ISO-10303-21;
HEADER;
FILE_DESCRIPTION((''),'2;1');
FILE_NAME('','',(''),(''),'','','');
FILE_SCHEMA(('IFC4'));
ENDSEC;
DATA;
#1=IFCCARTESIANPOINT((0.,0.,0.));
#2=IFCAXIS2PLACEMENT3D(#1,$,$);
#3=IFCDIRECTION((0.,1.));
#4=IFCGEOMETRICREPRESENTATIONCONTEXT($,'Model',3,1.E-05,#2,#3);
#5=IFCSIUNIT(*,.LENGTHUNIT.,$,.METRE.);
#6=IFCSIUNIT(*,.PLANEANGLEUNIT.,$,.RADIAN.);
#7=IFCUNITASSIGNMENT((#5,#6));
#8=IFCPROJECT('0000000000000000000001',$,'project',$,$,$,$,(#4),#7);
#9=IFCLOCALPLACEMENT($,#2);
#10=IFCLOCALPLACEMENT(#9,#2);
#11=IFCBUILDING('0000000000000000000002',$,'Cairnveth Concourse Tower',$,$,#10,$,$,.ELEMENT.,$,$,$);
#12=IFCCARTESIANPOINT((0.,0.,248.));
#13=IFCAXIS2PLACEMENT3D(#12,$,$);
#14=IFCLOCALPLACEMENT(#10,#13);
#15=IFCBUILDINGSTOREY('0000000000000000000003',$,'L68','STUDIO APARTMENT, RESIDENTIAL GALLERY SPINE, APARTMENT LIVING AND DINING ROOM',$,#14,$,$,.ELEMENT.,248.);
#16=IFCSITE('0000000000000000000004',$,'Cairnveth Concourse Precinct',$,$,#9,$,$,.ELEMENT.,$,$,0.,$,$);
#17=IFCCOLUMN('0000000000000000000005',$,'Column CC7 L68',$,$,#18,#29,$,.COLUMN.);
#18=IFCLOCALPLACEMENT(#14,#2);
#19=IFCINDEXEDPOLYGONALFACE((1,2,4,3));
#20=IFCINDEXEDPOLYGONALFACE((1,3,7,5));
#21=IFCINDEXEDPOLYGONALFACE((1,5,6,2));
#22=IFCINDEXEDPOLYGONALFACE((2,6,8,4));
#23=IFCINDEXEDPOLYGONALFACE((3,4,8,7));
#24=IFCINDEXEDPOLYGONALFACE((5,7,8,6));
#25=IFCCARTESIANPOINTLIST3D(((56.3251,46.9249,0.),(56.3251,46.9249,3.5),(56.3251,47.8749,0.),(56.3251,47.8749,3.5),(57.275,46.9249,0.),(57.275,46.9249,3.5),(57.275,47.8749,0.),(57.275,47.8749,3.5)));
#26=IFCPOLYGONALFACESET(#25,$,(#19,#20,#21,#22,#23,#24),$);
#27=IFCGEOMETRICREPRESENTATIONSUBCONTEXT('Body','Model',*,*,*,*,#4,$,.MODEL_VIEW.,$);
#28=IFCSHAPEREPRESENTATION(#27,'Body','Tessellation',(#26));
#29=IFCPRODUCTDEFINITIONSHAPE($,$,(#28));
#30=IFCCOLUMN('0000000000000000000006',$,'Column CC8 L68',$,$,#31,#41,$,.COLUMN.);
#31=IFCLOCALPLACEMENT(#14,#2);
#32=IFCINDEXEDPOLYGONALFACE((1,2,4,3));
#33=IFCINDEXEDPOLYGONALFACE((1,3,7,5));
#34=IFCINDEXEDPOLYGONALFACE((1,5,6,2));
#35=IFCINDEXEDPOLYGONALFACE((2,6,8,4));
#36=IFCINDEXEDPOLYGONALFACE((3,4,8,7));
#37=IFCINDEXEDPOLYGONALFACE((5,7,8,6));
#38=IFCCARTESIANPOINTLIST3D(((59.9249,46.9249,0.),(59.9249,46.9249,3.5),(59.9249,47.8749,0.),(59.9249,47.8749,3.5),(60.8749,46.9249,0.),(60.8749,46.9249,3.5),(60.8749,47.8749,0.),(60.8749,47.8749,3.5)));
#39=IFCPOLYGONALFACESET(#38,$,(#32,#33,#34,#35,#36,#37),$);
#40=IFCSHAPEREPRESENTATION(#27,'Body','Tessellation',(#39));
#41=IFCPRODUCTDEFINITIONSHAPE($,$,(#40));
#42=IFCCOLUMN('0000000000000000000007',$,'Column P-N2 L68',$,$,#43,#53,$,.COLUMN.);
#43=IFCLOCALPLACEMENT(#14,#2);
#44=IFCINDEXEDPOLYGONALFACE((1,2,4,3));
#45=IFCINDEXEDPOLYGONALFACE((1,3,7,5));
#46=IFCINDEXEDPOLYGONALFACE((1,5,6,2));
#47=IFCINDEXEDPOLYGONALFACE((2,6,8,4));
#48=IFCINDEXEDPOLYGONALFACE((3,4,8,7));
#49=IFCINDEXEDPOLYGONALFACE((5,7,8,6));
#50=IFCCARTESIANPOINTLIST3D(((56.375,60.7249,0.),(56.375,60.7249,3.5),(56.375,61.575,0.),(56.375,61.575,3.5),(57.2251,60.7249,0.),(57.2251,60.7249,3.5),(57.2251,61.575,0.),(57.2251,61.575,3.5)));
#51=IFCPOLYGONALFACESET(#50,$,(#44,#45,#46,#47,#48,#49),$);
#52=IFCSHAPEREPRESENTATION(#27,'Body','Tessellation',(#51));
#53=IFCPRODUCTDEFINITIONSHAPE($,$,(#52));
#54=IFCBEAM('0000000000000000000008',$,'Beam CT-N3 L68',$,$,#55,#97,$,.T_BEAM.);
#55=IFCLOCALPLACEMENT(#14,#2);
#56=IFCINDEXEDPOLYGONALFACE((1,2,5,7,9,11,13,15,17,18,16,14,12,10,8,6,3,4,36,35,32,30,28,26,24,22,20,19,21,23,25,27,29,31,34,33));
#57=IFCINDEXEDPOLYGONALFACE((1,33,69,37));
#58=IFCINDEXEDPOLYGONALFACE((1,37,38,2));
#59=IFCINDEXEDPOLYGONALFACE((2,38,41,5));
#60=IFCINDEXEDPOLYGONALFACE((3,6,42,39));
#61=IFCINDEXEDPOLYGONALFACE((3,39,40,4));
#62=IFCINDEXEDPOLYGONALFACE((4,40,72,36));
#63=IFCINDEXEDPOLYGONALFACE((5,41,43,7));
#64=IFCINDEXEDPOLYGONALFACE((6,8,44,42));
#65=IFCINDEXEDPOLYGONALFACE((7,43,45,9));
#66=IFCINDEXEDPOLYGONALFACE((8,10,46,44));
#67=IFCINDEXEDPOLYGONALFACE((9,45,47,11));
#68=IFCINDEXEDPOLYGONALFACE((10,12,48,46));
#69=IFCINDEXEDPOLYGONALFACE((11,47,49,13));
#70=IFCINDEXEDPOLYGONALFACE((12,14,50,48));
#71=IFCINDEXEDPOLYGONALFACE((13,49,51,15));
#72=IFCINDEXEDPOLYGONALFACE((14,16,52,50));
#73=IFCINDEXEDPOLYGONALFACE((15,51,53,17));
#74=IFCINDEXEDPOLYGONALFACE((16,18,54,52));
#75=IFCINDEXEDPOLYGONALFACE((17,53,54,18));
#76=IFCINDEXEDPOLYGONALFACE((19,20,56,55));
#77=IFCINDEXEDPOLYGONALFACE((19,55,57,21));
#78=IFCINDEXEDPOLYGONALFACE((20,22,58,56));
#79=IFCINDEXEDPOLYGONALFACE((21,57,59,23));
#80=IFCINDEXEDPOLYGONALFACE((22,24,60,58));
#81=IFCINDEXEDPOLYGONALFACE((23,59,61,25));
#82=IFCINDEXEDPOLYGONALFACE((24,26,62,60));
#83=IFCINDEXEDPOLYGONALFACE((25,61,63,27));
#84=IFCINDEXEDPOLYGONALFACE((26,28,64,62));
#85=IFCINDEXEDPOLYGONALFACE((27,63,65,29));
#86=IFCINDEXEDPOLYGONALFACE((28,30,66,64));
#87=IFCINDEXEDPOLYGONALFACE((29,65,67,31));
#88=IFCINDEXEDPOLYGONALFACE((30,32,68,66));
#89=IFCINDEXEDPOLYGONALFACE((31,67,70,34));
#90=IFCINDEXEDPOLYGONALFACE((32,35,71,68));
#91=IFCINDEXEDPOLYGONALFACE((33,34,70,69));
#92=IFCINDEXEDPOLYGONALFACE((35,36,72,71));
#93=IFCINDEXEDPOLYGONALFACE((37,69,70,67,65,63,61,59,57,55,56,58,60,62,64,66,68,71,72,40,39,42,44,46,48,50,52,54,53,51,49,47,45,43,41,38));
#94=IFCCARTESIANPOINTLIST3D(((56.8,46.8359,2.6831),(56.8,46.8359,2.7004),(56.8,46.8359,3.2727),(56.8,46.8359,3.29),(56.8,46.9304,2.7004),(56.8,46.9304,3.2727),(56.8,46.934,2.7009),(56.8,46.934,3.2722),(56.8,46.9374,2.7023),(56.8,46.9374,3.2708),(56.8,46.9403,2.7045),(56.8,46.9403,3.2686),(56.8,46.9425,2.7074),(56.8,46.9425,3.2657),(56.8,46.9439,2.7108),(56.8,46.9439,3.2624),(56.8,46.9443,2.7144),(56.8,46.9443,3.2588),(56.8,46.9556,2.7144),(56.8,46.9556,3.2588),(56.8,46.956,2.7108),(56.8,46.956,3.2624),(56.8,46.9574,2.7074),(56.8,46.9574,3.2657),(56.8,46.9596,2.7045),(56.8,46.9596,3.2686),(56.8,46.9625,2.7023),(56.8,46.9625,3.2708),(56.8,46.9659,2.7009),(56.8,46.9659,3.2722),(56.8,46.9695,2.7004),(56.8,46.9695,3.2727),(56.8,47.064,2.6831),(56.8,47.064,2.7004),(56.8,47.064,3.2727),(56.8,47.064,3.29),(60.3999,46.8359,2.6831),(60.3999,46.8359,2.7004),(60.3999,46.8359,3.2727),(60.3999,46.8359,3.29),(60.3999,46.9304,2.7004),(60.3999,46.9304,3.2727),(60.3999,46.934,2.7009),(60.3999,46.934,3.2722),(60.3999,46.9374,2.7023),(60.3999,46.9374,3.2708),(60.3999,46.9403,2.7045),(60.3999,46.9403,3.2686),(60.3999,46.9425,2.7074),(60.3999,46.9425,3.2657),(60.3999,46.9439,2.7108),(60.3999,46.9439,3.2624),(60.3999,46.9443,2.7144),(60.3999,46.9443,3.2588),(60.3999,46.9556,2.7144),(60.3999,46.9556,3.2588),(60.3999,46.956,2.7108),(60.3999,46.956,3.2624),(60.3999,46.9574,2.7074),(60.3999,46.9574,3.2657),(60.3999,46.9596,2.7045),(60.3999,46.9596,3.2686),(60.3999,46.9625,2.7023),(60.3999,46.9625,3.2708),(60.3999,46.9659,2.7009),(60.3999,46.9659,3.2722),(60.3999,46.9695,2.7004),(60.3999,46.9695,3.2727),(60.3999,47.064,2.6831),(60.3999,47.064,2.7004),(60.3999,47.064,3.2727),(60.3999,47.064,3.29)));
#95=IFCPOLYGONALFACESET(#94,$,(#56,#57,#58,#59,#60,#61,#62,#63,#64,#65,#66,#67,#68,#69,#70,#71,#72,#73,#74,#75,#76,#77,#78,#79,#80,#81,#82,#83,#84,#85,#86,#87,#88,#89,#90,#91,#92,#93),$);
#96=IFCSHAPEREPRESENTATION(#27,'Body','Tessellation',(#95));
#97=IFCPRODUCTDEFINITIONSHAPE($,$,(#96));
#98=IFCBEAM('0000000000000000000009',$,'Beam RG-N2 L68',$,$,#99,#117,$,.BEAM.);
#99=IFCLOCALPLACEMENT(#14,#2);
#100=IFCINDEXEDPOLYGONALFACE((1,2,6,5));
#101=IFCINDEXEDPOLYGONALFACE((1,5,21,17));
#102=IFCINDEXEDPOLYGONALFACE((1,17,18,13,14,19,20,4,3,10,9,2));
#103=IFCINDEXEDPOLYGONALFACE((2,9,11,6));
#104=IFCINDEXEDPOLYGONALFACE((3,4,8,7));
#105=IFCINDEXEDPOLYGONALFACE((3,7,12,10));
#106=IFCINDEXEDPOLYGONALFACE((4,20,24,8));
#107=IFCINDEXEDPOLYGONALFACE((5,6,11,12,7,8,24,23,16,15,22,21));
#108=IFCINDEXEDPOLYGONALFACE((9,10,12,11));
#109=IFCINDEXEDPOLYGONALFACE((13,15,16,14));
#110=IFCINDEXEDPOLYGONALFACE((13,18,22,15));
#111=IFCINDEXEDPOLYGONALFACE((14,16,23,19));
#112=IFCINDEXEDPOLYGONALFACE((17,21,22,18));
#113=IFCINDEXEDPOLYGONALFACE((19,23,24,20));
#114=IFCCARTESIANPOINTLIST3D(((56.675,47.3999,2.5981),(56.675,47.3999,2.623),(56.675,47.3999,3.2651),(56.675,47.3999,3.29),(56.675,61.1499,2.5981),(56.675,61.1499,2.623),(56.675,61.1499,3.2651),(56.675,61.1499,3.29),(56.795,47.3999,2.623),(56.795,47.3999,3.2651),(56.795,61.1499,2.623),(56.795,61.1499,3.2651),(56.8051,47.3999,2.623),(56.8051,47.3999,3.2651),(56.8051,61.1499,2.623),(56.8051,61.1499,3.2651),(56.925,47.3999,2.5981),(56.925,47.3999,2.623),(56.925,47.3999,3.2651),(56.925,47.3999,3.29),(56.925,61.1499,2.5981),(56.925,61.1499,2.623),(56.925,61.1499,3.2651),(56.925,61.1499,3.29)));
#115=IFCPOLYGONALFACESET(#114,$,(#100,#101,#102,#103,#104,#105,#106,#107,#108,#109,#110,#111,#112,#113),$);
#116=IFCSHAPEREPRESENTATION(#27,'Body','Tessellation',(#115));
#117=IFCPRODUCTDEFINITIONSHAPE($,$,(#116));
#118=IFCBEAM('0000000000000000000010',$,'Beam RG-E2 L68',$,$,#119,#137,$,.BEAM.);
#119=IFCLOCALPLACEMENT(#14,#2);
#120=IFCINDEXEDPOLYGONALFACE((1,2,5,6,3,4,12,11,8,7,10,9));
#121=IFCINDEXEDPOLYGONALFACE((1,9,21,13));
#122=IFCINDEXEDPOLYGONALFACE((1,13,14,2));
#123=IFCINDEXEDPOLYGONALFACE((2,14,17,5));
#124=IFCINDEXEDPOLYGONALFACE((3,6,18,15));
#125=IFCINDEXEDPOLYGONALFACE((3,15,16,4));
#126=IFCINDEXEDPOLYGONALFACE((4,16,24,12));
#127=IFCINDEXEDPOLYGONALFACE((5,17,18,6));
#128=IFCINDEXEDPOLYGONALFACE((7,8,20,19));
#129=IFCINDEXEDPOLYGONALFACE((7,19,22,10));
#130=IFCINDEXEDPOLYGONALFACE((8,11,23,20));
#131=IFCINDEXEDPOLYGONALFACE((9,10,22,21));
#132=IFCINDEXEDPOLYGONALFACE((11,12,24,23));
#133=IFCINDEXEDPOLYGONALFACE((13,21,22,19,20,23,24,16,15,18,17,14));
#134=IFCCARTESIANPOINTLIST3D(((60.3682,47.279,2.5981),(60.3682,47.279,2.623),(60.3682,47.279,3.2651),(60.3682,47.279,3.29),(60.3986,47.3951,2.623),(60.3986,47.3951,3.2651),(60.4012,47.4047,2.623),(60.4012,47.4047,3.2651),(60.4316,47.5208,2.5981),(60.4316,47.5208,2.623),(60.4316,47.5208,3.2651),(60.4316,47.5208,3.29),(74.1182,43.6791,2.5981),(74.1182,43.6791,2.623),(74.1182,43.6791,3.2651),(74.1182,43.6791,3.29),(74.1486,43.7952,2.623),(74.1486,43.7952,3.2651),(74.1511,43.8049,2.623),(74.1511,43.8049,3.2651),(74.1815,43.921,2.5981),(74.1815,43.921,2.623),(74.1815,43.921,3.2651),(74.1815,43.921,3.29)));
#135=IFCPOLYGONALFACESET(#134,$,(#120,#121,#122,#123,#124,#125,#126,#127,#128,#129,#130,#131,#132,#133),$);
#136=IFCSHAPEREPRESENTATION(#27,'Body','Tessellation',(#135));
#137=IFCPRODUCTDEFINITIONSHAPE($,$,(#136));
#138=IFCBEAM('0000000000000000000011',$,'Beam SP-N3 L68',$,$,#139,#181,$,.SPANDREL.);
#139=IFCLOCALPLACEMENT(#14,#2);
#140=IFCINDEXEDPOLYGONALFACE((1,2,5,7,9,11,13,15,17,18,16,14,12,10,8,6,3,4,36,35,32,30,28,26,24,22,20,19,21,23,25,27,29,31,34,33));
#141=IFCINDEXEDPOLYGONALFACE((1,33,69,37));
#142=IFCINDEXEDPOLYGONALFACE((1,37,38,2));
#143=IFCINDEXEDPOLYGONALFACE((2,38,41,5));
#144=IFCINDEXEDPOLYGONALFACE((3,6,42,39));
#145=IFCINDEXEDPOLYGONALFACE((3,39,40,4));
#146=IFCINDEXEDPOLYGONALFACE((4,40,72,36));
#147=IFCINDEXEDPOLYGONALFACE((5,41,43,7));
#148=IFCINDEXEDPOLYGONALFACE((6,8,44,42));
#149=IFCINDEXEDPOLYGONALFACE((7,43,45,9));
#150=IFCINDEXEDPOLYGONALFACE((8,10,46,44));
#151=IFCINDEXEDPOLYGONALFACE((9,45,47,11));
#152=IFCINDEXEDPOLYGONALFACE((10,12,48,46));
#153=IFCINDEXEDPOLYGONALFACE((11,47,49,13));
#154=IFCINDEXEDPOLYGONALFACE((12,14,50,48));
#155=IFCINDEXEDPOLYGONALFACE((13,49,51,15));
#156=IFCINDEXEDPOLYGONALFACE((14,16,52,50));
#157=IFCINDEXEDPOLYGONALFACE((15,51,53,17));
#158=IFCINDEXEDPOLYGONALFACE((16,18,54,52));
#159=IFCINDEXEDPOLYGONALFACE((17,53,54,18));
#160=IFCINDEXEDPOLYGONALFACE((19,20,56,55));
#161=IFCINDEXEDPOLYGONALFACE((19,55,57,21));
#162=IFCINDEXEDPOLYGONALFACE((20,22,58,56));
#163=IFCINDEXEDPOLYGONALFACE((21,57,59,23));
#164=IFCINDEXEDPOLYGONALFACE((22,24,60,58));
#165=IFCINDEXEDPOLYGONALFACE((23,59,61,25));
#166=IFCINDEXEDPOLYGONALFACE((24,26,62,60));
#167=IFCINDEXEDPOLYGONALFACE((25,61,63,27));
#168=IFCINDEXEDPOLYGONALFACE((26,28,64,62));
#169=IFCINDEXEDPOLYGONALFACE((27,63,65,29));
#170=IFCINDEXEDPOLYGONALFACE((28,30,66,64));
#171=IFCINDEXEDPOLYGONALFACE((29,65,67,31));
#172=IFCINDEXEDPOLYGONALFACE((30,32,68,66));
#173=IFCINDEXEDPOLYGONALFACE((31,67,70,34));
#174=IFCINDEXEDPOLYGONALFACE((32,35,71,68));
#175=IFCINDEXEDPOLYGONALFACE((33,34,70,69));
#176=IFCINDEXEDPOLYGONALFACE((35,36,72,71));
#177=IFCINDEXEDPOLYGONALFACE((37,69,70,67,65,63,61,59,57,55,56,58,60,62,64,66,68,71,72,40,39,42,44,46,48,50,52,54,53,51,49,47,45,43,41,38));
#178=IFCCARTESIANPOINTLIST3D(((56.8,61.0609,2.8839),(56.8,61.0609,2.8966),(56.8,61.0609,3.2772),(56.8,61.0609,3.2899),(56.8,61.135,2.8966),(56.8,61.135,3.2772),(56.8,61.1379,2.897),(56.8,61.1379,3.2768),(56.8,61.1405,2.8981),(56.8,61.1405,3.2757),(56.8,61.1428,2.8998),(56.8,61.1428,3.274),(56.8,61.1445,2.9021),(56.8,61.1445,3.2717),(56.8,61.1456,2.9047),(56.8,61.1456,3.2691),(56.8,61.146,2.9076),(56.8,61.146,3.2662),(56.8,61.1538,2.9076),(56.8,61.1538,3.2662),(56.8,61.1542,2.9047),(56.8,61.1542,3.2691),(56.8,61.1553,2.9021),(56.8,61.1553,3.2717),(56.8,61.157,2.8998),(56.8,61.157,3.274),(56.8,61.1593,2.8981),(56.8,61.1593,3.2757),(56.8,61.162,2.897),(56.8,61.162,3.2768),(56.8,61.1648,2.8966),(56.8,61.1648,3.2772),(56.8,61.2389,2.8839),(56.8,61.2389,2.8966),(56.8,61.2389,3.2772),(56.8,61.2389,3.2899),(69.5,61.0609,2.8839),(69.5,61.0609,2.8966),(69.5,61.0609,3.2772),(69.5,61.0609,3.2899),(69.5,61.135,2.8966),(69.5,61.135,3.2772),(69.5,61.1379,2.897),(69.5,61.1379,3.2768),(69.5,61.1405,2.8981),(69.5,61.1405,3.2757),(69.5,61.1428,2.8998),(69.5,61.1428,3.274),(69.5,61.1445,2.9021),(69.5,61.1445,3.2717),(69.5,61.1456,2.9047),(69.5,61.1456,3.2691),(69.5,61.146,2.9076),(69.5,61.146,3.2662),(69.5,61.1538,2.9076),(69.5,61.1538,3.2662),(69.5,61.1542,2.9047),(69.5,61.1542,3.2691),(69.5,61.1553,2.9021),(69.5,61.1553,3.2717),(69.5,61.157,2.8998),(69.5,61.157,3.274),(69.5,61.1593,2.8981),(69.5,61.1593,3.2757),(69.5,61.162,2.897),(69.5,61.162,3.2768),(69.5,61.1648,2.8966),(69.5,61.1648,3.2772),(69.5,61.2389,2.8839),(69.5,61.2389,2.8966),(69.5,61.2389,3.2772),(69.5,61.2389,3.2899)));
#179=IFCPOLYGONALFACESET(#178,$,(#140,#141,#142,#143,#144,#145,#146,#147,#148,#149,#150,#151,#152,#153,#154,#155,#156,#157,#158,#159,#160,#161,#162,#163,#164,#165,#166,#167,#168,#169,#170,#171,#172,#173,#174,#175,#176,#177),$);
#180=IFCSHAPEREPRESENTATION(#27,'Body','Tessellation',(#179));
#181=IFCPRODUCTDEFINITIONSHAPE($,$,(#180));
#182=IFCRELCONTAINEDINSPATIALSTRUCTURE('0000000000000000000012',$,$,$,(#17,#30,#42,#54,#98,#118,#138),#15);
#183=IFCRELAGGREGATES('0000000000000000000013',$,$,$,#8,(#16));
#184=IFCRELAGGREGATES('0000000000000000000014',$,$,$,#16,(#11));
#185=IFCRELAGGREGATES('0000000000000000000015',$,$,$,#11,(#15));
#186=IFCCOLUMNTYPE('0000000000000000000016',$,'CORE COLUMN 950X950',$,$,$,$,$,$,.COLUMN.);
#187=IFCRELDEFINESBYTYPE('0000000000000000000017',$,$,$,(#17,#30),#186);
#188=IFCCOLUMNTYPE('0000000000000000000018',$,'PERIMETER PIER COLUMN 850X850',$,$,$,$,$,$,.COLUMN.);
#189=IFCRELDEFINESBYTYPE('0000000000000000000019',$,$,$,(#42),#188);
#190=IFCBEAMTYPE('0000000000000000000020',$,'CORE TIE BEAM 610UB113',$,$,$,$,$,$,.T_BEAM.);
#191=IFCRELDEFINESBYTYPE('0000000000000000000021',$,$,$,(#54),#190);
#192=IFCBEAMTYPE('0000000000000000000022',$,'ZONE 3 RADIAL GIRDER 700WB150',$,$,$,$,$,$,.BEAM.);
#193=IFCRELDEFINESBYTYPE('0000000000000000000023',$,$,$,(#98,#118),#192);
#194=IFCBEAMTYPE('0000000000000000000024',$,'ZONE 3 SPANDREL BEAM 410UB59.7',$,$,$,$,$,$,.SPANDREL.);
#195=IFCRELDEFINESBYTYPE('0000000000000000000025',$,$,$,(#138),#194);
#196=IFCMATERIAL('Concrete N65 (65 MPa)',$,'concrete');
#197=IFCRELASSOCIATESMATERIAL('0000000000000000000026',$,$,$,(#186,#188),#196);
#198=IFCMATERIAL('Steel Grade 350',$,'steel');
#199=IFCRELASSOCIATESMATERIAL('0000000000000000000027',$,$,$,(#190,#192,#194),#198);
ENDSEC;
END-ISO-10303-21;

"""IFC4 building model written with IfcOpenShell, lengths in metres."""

from ifc_helpers import new_model, si_unit, direction, frame, origin, origin_2d, place, context, subcontext, project, spatial, rectangle, i_section, extrude, material, material_profile, profile_set, type_object, element, save


model = new_model("IFC4")

# Units and contexts
model_context = context("Model", 3, precision=1e-05, world=origin(), true_north=direction((0.0, 1.0)))
body_context = subcontext(model_context, "Body", "Model", "MODEL_VIEW")
ifc_project = project(units=[si_unit("LENGTHUNIT", "METRE"), si_unit("PLANEANGLEUNIT", "RADIAN")], contexts=[model_context])

# Site, building, storey
site_placement = place(None, origin())
site = spatial("IfcSite", under=ifc_project, at=site_placement, Name="Cairnveth Concourse Precinct", CompositionType="ELEMENT", RefElevation=0.0)
building_placement = place(site_placement, origin())
building = spatial("IfcBuilding", under=site, at=building_placement, Name="Cairnveth Concourse Tower", CompositionType="ELEMENT")
storey_placement = place(building_placement, frame((0.0, 0.0, 248.0)))
storey = spatial("IfcBuildingStorey", under=building, at=storey_placement, Name="L68", Description="STUDIO APARTMENT, RESIDENTIAL GALLERY SPINE, APARTMENT LIVING AND DINING ROOM", CompositionType="ELEMENT", Elevation=248.0)

# Columns
ifc_material_1 = material(Name="Concrete N65 (65 MPa)", Category="concrete")
ifc_material_profile_1 = material_profile(ifc_material_1, rectangle(XDim=0.95, YDim=0.95, at=origin_2d()), Name="RC-COL-950x950")
ifc_profile_set_1 = profile_set([ifc_material_profile_1], Name="Concrete N65 (65 MPa)")
column_type_1 = type_object("IfcColumnType", Name="CORE COLUMN 950X950", PredefinedType="COLUMN", material=ifc_profile_set_1)
for number, where, z_axis, x_axis, name in (
    (1, (56.8, 47.3999, 0.0), (0.0, 0.0, 1.0), (1.0, 0.0, 0.0), "Column CC7 L68"),
    (2, (60.3999, 47.3999, 0.0), (0.0, 0.0, 1.0), (1.0, 0.0, 0.0), "Column CC8 L68"),
):
    element("IfcColumn", number, at=place(storey_placement, frame(where, z_axis=z_axis, x_axis=x_axis)), inside=storey, type_object=column_type_1, Name=name, PredefinedType="COLUMN", context=body_context, shape_type="SweptSolid", body=[
        extrude(rectangle(XDim=0.95, YDim=0.95, at=origin_2d()), origin(), (0.0, 0.0, 1.0), 3.5),
    ])
ifc_material_profile_2 = material_profile(ifc_material_1, rectangle(XDim=0.8501, YDim=0.8501, at=origin_2d()), Name="RC-COL-850x850")
ifc_profile_set_2 = profile_set([ifc_material_profile_2], Name="Concrete N65 (65 MPa)")
column_type_2 = type_object("IfcColumnType", Name="PERIMETER PIER COLUMN 850X850", PredefinedType="COLUMN", material=ifc_profile_set_2)
column_placement = place(storey_placement, frame((56.8, 61.1499, 0.0), z_axis=(0.0, 0.0, 1.0), x_axis=(1.0, 0.0, 0.0)))
element("IfcColumn", 3, at=column_placement, inside=storey, type_object=column_type_2, Name="Column P-N2 L68", PredefinedType="COLUMN", context=body_context, shape_type="SweptSolid", body=[
    extrude(rectangle(XDim=0.8501, YDim=0.8501, at=origin_2d()), origin(), (0.0, 0.0, 1.0), 3.5),
])

# Beams
ifc_material_2 = material(Name="Steel Grade 350", Category="steel")
ifc_material_profile_3 = material_profile(ifc_material_2, i_section(OverallWidth=0.228, OverallDepth=0.6069, WebThickness=0.0112, FlangeThickness=0.0173, FilletRadius=0.0139, at=origin_2d()), Name="610UB113")
ifc_profile_set_3 = profile_set([ifc_material_profile_3], Name="Steel Grade 350")
beam_type_1 = type_object("IfcBeamType", Name="CORE TIE BEAM 610UB113", PredefinedType="T_BEAM", material=ifc_profile_set_3)
beam_1_placement = place(storey_placement, frame((56.8, 46.95, 2.9866), z_axis=(1.0, 0.0, 0.0), x_axis=(0.0, 1.0, 0.0)))
element("IfcBeam", 4, at=beam_1_placement, inside=storey, type_object=beam_type_1, Name="Beam CT-N3 L68", PredefinedType="T_BEAM", context=body_context, shape_type="SweptSolid", body=[
    extrude(i_section(OverallWidth=0.228, OverallDepth=0.6069, WebThickness=0.0112, FlangeThickness=0.0173, FilletRadius=0.0139, at=origin_2d()), origin(), (0.0, 0.0, 1.0), 3.5999),
])
ifc_material_profile_4 = material_profile(ifc_material_2, i_section(OverallWidth=0.25, OverallDepth=0.6919, WebThickness=0.01, FlangeThickness=0.0249, at=origin_2d()), Name="700WB150")
ifc_profile_set_4 = profile_set([ifc_material_profile_4], Name="Steel Grade 350")
beam_type_2 = type_object("IfcBeamType", Name="ZONE 3 RADIAL GIRDER 700WB150", PredefinedType="BEAM", material=ifc_profile_set_4)
beam_2_placement = place(storey_placement, frame((56.8, 47.3999, 2.9441), z_axis=(0.0, 1.0, 0.0), x_axis=(-1.0, 0.0, 0.0)))
element("IfcBeam", 5, at=beam_2_placement, inside=storey, type_object=beam_type_2, Name="Beam RG-N2 L68", PredefinedType="BEAM", context=body_context, shape_type="SweptSolid", body=[
    extrude(i_section(OverallWidth=0.25, OverallDepth=0.6919, WebThickness=0.01, FlangeThickness=0.0249, at=origin_2d()), origin(), (0.0, 0.0, 1.0), 13.75),
])
beam_3_placement = place(storey_placement, frame((60.3999, 47.3999, 2.9441), z_axis=(0.967395, -0.253271, 0.0), x_axis=(0.253271, 0.967395, 0.0)))
element("IfcBeam", 6, at=beam_3_placement, inside=storey, type_object=beam_type_2, Name="Beam RG-E2 L68", PredefinedType="BEAM", context=body_context, shape_type="SweptSolid", body=[
    extrude(i_section(OverallWidth=0.25, OverallDepth=0.6919, WebThickness=0.01, FlangeThickness=0.0249, at=origin_2d()), origin(), (0.0, 0.0, 1.0), 14.2134),
])
ifc_material_profile_5 = material_profile(ifc_material_2, i_section(OverallWidth=0.178, OverallDepth=0.406, WebThickness=0.0078, FlangeThickness=0.0127, FilletRadius=0.011, at=origin_2d()), Name="410UB59.7")
ifc_profile_set_5 = profile_set([ifc_material_profile_5], Name="Steel Grade 350")
beam_type_3 = type_object("IfcBeamType", Name="ZONE 3 SPANDREL BEAM 410UB59.7", PredefinedType="SPANDREL", material=ifc_profile_set_5)
beam_4_placement = place(storey_placement, frame((56.8, 61.1499, 3.0869), z_axis=(1.0, 0.0, 0.0), x_axis=(0.0, 1.0, 0.0)))
element("IfcBeam", 7, at=beam_4_placement, inside=storey, type_object=beam_type_3, Name="Beam SP-N3 L68", PredefinedType="SPANDREL", context=body_context, shape_type="SweptSolid", body=[
    extrude(i_section(OverallWidth=0.178, OverallDepth=0.406, WebThickness=0.0078, FlangeThickness=0.0127, FilletRadius=0.011, at=origin_2d()), origin(), (0.0, 0.0, 1.0), 12.7),
])

save(model, "model.ifc")
